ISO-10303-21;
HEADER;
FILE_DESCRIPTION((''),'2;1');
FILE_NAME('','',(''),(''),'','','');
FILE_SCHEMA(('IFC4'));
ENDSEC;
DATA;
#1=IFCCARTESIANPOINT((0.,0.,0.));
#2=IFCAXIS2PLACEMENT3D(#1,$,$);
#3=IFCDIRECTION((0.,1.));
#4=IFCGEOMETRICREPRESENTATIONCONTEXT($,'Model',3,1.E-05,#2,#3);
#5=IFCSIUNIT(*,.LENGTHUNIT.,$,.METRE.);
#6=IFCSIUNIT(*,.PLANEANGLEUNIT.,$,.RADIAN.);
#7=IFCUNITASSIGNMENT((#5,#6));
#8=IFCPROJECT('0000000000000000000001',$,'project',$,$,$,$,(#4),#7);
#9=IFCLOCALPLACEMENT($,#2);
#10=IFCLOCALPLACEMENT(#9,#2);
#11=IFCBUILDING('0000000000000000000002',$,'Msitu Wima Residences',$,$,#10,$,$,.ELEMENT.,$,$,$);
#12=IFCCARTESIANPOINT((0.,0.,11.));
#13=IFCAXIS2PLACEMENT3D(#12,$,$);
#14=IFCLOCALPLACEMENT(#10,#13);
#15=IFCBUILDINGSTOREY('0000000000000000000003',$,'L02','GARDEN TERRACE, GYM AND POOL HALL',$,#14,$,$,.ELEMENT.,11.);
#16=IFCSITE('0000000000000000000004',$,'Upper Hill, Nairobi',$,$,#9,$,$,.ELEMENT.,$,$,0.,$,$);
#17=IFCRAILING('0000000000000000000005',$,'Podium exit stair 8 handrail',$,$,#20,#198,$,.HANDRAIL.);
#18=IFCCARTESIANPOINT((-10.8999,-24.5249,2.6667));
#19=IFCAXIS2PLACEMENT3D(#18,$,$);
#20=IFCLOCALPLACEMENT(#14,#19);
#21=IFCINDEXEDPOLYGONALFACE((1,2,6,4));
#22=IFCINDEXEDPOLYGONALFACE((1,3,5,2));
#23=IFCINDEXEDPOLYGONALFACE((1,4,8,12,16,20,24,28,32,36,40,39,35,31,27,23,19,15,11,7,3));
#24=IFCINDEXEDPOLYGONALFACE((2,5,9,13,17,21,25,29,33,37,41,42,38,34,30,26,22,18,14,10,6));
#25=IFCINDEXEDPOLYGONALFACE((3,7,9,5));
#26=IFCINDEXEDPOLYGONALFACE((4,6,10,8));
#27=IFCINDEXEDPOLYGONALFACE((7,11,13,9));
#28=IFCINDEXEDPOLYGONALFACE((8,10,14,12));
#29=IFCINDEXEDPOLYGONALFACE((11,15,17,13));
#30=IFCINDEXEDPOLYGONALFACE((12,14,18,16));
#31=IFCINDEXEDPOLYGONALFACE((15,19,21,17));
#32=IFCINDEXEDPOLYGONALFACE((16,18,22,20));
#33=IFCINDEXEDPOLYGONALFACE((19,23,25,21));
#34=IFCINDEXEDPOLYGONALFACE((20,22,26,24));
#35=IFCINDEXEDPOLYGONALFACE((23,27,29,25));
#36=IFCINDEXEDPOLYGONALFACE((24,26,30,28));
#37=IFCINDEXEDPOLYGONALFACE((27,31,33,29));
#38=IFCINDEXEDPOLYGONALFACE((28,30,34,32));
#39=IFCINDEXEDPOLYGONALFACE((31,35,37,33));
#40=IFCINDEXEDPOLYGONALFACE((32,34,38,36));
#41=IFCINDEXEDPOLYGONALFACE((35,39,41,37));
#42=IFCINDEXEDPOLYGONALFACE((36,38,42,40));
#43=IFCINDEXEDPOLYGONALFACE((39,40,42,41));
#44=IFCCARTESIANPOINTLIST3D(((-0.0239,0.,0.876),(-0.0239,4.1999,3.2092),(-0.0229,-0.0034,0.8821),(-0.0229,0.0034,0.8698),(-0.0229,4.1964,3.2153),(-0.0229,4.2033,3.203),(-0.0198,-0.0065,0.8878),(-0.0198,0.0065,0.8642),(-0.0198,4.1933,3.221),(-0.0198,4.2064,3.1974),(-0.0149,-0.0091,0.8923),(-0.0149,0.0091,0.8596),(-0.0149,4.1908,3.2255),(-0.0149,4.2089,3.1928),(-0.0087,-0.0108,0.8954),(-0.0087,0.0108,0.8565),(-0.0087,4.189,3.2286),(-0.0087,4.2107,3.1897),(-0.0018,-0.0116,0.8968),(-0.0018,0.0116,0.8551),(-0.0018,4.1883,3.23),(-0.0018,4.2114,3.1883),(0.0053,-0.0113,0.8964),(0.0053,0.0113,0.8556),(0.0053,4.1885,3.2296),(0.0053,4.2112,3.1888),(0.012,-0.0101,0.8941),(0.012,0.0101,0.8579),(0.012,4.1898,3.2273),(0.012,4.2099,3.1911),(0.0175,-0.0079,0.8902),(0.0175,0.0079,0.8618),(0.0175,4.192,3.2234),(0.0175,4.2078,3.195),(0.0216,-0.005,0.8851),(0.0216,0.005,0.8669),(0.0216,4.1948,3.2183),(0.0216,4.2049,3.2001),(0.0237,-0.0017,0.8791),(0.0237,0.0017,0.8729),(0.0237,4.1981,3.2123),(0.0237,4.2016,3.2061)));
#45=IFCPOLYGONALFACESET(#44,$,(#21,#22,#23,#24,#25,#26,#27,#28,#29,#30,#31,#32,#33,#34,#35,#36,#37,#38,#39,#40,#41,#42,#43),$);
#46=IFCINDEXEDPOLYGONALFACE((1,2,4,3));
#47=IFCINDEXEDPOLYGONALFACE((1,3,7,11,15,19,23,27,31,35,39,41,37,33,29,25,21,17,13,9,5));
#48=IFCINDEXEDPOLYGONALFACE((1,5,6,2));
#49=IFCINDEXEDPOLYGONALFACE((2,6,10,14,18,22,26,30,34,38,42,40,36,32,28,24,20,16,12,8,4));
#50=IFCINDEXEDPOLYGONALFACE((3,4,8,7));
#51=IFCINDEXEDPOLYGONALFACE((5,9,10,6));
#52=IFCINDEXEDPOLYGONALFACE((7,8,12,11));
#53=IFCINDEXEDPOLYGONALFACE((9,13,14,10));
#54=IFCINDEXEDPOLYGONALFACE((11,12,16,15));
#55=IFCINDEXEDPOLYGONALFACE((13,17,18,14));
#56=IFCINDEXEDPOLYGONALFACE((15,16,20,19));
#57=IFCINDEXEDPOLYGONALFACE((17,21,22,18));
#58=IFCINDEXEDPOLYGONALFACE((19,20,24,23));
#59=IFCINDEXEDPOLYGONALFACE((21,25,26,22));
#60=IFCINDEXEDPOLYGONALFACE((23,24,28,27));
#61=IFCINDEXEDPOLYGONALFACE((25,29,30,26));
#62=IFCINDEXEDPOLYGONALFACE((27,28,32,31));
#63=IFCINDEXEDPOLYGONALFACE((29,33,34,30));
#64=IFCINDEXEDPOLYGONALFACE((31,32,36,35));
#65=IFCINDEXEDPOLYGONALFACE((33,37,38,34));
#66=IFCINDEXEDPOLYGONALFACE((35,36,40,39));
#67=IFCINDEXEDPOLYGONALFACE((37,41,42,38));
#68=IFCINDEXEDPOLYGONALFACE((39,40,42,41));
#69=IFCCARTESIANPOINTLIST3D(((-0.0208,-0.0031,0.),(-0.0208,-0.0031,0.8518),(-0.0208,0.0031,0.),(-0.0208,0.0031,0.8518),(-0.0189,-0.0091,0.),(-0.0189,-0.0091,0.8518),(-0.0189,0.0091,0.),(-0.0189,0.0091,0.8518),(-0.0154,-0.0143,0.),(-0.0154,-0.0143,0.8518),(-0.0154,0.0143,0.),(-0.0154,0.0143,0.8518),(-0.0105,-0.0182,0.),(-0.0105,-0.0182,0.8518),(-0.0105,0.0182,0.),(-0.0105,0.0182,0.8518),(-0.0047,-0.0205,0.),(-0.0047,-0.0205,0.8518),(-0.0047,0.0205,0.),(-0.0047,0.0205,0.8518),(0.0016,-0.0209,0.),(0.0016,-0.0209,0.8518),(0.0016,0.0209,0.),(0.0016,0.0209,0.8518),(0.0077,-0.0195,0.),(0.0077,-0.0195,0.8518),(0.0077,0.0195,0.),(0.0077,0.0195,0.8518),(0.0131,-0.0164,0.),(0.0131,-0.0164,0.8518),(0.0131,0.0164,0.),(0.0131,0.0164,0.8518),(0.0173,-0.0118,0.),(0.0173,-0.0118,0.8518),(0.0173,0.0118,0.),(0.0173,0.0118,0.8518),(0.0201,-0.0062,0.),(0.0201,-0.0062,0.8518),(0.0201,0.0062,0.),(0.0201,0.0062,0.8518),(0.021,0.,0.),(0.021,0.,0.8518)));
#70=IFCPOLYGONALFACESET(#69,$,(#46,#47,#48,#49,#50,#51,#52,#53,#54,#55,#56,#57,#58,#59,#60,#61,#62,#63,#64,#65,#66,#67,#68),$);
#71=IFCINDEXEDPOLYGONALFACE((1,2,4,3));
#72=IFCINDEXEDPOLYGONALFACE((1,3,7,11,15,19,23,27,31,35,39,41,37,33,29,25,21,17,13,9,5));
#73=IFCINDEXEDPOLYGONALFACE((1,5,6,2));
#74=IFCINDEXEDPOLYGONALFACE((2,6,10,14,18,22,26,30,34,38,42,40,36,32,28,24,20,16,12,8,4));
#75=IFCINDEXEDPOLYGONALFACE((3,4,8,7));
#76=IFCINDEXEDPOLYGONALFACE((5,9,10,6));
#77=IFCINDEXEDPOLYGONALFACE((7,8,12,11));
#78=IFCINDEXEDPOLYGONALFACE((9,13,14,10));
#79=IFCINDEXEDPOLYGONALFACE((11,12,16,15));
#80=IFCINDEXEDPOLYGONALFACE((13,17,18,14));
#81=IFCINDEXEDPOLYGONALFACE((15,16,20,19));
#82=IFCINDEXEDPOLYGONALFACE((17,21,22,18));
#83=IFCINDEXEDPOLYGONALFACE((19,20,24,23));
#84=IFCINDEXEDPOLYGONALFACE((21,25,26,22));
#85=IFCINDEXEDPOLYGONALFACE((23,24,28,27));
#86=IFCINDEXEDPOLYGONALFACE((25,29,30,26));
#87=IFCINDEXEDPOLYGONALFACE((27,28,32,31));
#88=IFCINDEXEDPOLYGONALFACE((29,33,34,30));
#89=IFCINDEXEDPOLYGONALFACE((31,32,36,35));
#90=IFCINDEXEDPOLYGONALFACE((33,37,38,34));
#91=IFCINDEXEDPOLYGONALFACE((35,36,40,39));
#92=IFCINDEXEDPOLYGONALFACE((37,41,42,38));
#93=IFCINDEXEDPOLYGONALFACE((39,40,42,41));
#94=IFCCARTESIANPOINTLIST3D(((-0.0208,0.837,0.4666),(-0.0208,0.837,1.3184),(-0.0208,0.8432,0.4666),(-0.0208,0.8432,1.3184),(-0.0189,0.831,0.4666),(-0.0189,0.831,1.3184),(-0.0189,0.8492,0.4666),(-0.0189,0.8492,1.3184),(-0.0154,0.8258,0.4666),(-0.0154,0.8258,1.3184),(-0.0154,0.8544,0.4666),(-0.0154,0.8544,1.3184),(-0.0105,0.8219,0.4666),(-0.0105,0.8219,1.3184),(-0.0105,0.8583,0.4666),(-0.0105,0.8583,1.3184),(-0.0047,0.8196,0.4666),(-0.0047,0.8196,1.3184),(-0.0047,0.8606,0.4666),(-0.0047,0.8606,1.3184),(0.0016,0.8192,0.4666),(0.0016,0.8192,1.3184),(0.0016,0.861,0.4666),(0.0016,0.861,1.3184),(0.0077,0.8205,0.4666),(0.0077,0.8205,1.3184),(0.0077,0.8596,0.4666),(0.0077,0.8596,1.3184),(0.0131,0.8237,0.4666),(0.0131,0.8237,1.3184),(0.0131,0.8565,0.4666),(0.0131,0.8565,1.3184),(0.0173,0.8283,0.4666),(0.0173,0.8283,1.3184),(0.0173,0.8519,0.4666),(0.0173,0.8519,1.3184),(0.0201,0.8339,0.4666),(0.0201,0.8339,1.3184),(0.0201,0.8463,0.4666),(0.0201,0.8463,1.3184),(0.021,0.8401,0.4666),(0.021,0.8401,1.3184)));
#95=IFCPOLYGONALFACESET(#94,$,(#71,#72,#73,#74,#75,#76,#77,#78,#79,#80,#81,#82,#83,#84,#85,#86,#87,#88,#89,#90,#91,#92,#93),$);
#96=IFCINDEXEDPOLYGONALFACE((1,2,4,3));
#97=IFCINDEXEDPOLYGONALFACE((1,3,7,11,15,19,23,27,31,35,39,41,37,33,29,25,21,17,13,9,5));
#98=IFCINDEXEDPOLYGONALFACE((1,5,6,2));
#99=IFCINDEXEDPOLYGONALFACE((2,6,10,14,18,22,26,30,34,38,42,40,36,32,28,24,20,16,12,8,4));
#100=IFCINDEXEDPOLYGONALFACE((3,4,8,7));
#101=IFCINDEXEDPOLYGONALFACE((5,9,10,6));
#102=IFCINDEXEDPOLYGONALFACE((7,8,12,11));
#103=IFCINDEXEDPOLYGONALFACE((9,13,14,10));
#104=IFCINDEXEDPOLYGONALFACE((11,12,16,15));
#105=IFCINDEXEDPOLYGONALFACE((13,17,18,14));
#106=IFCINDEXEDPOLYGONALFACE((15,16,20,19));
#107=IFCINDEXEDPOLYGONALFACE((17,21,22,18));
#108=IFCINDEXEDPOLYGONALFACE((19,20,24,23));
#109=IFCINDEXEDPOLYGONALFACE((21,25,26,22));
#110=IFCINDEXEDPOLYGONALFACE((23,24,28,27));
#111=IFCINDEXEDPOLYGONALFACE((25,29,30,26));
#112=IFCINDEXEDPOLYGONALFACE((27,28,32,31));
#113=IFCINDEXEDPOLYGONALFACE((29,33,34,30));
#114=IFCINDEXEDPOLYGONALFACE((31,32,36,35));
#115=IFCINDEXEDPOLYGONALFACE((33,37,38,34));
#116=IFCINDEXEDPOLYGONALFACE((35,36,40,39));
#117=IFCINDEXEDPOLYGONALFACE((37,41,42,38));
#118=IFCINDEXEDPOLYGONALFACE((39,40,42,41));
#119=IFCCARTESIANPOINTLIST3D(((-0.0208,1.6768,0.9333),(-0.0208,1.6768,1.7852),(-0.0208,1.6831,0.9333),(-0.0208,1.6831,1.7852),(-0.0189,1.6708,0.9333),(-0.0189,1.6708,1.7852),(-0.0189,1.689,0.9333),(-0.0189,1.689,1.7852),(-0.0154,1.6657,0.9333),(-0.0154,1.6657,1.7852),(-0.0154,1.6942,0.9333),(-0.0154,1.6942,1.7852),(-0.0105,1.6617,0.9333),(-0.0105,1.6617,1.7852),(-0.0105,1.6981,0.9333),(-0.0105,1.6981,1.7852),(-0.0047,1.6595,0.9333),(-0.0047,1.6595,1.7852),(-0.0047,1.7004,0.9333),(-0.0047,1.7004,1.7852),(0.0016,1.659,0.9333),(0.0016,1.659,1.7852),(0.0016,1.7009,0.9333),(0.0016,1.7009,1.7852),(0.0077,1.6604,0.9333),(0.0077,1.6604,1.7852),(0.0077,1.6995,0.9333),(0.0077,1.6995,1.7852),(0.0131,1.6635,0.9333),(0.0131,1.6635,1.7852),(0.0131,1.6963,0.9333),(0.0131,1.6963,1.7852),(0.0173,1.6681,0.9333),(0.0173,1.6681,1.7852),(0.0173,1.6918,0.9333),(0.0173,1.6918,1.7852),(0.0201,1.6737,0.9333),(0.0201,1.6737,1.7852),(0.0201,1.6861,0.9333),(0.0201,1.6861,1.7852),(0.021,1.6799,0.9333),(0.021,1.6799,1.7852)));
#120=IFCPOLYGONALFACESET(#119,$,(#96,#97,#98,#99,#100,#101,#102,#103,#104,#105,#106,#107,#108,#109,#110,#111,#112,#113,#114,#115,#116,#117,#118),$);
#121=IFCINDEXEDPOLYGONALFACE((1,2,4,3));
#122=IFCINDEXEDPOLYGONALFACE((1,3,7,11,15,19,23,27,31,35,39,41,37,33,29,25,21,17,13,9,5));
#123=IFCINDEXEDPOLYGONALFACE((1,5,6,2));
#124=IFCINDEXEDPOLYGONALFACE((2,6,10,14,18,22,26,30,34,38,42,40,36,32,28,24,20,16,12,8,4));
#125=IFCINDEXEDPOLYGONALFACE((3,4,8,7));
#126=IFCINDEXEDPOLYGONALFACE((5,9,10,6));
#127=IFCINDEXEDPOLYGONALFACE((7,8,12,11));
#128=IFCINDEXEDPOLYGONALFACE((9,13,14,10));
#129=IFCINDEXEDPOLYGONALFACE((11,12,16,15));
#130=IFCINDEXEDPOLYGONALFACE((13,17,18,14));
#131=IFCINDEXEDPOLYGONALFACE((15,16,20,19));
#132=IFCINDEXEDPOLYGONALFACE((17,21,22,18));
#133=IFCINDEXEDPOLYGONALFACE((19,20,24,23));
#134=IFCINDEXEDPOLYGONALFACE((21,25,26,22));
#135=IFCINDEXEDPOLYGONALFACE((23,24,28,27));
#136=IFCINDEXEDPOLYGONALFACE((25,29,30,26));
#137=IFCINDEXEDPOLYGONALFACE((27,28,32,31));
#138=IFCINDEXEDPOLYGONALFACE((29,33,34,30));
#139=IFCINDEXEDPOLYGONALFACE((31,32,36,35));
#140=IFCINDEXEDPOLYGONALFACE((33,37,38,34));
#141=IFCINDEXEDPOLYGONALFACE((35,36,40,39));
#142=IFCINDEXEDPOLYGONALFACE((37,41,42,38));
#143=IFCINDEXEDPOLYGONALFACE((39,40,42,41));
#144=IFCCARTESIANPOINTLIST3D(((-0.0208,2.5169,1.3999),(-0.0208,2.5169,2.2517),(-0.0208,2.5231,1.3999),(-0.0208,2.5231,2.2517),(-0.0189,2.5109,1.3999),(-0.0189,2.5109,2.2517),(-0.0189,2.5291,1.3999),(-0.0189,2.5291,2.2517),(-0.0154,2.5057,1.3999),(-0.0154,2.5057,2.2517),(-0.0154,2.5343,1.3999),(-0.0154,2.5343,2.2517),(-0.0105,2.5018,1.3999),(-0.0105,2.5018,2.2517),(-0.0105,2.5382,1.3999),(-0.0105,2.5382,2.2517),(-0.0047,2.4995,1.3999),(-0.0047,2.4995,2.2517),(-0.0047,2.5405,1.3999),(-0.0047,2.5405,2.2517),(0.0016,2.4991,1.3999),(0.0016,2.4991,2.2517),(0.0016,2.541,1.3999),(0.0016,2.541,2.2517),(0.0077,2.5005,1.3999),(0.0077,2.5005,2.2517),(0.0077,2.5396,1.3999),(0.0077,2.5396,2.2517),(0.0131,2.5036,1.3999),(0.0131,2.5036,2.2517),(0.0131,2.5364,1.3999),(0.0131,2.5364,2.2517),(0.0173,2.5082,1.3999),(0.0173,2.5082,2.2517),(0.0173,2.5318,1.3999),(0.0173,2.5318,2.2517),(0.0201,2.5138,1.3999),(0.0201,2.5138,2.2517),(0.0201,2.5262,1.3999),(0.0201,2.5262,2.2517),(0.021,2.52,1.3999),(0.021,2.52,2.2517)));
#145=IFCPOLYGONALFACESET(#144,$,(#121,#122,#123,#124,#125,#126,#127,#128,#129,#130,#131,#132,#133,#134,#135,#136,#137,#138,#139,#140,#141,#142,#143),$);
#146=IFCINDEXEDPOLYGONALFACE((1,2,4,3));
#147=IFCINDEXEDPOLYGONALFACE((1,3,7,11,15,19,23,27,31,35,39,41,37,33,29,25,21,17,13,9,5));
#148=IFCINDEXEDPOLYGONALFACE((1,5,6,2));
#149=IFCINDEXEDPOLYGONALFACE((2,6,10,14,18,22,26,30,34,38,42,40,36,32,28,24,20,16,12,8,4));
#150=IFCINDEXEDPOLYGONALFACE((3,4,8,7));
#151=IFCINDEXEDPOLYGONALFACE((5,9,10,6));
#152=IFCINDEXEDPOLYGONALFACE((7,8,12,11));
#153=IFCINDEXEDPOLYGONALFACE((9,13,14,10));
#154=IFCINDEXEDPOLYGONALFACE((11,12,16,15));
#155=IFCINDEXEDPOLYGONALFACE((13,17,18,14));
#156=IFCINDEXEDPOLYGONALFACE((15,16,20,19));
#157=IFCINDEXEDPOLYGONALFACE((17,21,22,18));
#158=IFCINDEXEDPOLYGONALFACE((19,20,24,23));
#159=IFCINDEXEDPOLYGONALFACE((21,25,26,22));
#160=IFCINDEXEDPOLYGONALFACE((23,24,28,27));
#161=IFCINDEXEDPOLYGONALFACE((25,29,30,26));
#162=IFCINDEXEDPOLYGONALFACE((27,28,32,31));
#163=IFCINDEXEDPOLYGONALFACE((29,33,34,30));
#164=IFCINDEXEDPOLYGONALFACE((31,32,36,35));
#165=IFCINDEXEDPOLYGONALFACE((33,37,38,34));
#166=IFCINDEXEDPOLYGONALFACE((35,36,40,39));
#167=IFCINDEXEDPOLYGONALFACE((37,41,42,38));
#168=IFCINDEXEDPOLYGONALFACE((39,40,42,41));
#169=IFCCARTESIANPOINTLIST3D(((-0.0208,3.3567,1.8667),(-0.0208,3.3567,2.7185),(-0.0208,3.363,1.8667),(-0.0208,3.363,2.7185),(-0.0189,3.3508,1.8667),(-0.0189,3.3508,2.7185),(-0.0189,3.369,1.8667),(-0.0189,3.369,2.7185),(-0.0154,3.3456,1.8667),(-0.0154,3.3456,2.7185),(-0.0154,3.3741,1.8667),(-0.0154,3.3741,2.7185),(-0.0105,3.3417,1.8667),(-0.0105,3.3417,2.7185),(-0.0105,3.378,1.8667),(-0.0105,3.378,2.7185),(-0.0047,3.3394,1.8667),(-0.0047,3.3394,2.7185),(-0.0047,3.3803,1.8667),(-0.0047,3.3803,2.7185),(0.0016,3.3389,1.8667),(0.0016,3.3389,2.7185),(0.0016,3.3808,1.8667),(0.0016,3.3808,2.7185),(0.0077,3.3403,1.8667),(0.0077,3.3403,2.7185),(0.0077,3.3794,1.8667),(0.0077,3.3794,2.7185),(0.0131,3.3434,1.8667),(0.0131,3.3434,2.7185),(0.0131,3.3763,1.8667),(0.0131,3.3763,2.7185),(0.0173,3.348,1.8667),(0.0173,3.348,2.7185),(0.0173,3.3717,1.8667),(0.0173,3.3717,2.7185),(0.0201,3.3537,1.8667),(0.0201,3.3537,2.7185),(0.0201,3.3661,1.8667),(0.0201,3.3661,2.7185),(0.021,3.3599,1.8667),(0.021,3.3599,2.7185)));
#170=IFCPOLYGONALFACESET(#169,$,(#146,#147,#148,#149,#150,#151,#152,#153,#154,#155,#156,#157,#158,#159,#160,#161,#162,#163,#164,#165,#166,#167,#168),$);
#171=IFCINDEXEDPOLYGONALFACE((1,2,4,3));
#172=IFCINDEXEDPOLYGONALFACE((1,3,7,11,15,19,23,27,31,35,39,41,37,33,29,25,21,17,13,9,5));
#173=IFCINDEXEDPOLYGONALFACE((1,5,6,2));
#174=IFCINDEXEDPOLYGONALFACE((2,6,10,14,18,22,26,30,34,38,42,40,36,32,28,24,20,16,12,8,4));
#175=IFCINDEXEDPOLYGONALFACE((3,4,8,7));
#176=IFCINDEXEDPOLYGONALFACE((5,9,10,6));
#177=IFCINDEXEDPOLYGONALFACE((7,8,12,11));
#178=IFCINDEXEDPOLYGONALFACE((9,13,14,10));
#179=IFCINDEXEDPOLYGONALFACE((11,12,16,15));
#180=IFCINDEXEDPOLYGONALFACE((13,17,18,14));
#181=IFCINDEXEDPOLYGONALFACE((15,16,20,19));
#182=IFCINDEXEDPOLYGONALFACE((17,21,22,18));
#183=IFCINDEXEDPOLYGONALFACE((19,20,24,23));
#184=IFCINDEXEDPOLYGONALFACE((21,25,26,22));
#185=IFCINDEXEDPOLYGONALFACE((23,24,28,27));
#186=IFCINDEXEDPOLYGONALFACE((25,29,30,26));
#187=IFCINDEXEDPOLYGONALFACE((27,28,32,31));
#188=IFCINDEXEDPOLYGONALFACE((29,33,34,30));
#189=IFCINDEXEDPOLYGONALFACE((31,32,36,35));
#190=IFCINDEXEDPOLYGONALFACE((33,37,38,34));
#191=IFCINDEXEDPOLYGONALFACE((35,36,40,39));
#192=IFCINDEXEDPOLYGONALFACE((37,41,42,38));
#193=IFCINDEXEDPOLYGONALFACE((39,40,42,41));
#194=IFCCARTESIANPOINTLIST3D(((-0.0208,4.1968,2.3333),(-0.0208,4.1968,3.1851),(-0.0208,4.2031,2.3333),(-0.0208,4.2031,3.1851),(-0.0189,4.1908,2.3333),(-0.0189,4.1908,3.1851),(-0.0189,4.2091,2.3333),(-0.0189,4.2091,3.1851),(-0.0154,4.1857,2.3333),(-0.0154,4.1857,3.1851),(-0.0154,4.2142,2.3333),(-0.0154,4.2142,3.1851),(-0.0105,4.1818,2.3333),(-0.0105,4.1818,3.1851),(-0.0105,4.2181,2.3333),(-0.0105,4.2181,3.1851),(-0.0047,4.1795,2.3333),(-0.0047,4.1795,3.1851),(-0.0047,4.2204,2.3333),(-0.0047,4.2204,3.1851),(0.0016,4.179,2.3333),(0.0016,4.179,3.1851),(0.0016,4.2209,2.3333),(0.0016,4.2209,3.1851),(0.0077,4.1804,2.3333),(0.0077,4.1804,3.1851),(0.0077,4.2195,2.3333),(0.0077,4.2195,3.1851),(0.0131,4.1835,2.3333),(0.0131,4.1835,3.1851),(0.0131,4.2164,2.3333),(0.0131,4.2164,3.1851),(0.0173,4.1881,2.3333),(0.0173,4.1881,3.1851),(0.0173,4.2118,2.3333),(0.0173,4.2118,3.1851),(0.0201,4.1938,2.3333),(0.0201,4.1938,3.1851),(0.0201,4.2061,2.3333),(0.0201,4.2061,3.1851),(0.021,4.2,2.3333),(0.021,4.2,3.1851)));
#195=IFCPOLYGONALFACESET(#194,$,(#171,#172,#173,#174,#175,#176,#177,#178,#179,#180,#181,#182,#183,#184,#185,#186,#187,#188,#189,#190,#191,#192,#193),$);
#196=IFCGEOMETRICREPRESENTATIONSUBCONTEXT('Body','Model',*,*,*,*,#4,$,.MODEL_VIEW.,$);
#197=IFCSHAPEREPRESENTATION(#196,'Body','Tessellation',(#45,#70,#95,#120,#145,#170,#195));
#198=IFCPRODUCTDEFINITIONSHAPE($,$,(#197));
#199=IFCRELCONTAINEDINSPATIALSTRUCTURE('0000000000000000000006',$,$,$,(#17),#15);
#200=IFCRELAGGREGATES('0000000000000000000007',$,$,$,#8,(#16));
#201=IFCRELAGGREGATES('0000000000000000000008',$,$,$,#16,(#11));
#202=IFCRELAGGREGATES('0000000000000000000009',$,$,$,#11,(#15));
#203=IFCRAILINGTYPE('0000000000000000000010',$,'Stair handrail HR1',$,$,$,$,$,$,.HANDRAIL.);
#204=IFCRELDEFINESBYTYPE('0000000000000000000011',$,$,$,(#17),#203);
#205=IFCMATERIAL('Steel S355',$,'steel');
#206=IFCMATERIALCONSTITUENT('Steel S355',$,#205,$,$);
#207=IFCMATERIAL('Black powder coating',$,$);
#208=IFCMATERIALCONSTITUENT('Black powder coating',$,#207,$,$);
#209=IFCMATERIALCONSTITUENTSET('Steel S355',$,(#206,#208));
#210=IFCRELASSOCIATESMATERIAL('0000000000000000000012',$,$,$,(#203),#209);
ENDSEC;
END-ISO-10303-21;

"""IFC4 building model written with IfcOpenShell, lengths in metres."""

from ifc_helpers import new_model, si_unit, direction, frame, origin, origin_2d, place, context, subcontext, project, spatial, circle, extrude, material, constituent, constituent_set, type_object, element, save


model = new_model("IFC4")

# Units and contexts
model_context = context("Model", 3, precision=1e-05, world=origin(), true_north=direction((0.0, 1.0)))
body_context = subcontext(model_context, "Body", "Model", "MODEL_VIEW")
ifc_project = project(units=[si_unit("LENGTHUNIT", "METRE"), si_unit("PLANEANGLEUNIT", "RADIAN")], contexts=[model_context])

# Site, building, storey
site_placement = place(None, origin())
site = spatial("IfcSite", under=ifc_project, at=site_placement, Name="Upper Hill, Nairobi", CompositionType="ELEMENT", RefElevation=0.0)
building_placement = place(site_placement, origin())
building = spatial("IfcBuilding", under=site, at=building_placement, Name="Msitu Wima Residences", CompositionType="ELEMENT")
storey_placement = place(building_placement, frame((0.0, 0.0, 11.0)))
storey = spatial("IfcBuildingStorey", under=building, at=storey_placement, Name="L02", Description="GARDEN TERRACE, GYM AND POOL HALL", CompositionType="ELEMENT", Elevation=11.0)

# Railing
ifc_material_1 = material(Name="Steel S355", Category="steel")
ifc_constituent_1 = constituent(ifc_material_1, Name="Steel S355")
ifc_material_2 = material(Name="Black powder coating")
ifc_constituent_2 = constituent(ifc_material_2, Name="Black powder coating")
ifc_constituent_set = constituent_set(constituents=[ifc_constituent_1, ifc_constituent_2], Name="Steel S355")
railing_type = type_object("IfcRailingType", Name="Stair handrail HR1", PredefinedType="HANDRAIL", material=ifc_constituent_set)
for number, where, name in (
    (1, (-10.8999, -24.5249, 2.6667), "Podium exit stair 8 handrail"),
):
    element("IfcRailing", number, at=place(storey_placement, frame(where)), inside=storey, type_object=railing_type, Name=name, PredefinedType="HANDRAIL", context=body_context, shape_type="SweptSolid", body=[
        extrude(circle(Radius=0.0239, at=origin_2d()), frame((0.0, 0.0, 0.876), z_axis=(0.0, 0.874162, 0.485634), x_axis=(-1.0, 0.0, 0.0)), (0.0, 0.0, 1.0), 4.8044),
        extrude(circle(Radius=0.021, at=origin_2d()), origin(), (0.0, 0.0, 1.0), 0.8518),
        extrude(circle(Radius=0.021, at=origin_2d()), frame((0.0, 0.8401, 0.4666)), (0.0, 0.0, 1.0), 0.8518),
        extrude(circle(Radius=0.021, at=origin_2d()), frame((0.0, 1.6799, 0.9333)), (0.0, 0.0, 1.0), 0.8518),
        extrude(circle(Radius=0.021, at=origin_2d()), frame((0.0, 2.52, 1.3999)), (0.0, 0.0, 1.0), 0.8518),
        extrude(circle(Radius=0.021, at=origin_2d()), frame((0.0, 3.3599, 1.8667)), (0.0, 0.0, 1.0), 0.8518),
        extrude(circle(Radius=0.021, at=origin_2d()), frame((0.0, 4.2, 2.3333)), (0.0, 0.0, 1.0), 0.8518),
    ])

save(model, "model.ifc")
